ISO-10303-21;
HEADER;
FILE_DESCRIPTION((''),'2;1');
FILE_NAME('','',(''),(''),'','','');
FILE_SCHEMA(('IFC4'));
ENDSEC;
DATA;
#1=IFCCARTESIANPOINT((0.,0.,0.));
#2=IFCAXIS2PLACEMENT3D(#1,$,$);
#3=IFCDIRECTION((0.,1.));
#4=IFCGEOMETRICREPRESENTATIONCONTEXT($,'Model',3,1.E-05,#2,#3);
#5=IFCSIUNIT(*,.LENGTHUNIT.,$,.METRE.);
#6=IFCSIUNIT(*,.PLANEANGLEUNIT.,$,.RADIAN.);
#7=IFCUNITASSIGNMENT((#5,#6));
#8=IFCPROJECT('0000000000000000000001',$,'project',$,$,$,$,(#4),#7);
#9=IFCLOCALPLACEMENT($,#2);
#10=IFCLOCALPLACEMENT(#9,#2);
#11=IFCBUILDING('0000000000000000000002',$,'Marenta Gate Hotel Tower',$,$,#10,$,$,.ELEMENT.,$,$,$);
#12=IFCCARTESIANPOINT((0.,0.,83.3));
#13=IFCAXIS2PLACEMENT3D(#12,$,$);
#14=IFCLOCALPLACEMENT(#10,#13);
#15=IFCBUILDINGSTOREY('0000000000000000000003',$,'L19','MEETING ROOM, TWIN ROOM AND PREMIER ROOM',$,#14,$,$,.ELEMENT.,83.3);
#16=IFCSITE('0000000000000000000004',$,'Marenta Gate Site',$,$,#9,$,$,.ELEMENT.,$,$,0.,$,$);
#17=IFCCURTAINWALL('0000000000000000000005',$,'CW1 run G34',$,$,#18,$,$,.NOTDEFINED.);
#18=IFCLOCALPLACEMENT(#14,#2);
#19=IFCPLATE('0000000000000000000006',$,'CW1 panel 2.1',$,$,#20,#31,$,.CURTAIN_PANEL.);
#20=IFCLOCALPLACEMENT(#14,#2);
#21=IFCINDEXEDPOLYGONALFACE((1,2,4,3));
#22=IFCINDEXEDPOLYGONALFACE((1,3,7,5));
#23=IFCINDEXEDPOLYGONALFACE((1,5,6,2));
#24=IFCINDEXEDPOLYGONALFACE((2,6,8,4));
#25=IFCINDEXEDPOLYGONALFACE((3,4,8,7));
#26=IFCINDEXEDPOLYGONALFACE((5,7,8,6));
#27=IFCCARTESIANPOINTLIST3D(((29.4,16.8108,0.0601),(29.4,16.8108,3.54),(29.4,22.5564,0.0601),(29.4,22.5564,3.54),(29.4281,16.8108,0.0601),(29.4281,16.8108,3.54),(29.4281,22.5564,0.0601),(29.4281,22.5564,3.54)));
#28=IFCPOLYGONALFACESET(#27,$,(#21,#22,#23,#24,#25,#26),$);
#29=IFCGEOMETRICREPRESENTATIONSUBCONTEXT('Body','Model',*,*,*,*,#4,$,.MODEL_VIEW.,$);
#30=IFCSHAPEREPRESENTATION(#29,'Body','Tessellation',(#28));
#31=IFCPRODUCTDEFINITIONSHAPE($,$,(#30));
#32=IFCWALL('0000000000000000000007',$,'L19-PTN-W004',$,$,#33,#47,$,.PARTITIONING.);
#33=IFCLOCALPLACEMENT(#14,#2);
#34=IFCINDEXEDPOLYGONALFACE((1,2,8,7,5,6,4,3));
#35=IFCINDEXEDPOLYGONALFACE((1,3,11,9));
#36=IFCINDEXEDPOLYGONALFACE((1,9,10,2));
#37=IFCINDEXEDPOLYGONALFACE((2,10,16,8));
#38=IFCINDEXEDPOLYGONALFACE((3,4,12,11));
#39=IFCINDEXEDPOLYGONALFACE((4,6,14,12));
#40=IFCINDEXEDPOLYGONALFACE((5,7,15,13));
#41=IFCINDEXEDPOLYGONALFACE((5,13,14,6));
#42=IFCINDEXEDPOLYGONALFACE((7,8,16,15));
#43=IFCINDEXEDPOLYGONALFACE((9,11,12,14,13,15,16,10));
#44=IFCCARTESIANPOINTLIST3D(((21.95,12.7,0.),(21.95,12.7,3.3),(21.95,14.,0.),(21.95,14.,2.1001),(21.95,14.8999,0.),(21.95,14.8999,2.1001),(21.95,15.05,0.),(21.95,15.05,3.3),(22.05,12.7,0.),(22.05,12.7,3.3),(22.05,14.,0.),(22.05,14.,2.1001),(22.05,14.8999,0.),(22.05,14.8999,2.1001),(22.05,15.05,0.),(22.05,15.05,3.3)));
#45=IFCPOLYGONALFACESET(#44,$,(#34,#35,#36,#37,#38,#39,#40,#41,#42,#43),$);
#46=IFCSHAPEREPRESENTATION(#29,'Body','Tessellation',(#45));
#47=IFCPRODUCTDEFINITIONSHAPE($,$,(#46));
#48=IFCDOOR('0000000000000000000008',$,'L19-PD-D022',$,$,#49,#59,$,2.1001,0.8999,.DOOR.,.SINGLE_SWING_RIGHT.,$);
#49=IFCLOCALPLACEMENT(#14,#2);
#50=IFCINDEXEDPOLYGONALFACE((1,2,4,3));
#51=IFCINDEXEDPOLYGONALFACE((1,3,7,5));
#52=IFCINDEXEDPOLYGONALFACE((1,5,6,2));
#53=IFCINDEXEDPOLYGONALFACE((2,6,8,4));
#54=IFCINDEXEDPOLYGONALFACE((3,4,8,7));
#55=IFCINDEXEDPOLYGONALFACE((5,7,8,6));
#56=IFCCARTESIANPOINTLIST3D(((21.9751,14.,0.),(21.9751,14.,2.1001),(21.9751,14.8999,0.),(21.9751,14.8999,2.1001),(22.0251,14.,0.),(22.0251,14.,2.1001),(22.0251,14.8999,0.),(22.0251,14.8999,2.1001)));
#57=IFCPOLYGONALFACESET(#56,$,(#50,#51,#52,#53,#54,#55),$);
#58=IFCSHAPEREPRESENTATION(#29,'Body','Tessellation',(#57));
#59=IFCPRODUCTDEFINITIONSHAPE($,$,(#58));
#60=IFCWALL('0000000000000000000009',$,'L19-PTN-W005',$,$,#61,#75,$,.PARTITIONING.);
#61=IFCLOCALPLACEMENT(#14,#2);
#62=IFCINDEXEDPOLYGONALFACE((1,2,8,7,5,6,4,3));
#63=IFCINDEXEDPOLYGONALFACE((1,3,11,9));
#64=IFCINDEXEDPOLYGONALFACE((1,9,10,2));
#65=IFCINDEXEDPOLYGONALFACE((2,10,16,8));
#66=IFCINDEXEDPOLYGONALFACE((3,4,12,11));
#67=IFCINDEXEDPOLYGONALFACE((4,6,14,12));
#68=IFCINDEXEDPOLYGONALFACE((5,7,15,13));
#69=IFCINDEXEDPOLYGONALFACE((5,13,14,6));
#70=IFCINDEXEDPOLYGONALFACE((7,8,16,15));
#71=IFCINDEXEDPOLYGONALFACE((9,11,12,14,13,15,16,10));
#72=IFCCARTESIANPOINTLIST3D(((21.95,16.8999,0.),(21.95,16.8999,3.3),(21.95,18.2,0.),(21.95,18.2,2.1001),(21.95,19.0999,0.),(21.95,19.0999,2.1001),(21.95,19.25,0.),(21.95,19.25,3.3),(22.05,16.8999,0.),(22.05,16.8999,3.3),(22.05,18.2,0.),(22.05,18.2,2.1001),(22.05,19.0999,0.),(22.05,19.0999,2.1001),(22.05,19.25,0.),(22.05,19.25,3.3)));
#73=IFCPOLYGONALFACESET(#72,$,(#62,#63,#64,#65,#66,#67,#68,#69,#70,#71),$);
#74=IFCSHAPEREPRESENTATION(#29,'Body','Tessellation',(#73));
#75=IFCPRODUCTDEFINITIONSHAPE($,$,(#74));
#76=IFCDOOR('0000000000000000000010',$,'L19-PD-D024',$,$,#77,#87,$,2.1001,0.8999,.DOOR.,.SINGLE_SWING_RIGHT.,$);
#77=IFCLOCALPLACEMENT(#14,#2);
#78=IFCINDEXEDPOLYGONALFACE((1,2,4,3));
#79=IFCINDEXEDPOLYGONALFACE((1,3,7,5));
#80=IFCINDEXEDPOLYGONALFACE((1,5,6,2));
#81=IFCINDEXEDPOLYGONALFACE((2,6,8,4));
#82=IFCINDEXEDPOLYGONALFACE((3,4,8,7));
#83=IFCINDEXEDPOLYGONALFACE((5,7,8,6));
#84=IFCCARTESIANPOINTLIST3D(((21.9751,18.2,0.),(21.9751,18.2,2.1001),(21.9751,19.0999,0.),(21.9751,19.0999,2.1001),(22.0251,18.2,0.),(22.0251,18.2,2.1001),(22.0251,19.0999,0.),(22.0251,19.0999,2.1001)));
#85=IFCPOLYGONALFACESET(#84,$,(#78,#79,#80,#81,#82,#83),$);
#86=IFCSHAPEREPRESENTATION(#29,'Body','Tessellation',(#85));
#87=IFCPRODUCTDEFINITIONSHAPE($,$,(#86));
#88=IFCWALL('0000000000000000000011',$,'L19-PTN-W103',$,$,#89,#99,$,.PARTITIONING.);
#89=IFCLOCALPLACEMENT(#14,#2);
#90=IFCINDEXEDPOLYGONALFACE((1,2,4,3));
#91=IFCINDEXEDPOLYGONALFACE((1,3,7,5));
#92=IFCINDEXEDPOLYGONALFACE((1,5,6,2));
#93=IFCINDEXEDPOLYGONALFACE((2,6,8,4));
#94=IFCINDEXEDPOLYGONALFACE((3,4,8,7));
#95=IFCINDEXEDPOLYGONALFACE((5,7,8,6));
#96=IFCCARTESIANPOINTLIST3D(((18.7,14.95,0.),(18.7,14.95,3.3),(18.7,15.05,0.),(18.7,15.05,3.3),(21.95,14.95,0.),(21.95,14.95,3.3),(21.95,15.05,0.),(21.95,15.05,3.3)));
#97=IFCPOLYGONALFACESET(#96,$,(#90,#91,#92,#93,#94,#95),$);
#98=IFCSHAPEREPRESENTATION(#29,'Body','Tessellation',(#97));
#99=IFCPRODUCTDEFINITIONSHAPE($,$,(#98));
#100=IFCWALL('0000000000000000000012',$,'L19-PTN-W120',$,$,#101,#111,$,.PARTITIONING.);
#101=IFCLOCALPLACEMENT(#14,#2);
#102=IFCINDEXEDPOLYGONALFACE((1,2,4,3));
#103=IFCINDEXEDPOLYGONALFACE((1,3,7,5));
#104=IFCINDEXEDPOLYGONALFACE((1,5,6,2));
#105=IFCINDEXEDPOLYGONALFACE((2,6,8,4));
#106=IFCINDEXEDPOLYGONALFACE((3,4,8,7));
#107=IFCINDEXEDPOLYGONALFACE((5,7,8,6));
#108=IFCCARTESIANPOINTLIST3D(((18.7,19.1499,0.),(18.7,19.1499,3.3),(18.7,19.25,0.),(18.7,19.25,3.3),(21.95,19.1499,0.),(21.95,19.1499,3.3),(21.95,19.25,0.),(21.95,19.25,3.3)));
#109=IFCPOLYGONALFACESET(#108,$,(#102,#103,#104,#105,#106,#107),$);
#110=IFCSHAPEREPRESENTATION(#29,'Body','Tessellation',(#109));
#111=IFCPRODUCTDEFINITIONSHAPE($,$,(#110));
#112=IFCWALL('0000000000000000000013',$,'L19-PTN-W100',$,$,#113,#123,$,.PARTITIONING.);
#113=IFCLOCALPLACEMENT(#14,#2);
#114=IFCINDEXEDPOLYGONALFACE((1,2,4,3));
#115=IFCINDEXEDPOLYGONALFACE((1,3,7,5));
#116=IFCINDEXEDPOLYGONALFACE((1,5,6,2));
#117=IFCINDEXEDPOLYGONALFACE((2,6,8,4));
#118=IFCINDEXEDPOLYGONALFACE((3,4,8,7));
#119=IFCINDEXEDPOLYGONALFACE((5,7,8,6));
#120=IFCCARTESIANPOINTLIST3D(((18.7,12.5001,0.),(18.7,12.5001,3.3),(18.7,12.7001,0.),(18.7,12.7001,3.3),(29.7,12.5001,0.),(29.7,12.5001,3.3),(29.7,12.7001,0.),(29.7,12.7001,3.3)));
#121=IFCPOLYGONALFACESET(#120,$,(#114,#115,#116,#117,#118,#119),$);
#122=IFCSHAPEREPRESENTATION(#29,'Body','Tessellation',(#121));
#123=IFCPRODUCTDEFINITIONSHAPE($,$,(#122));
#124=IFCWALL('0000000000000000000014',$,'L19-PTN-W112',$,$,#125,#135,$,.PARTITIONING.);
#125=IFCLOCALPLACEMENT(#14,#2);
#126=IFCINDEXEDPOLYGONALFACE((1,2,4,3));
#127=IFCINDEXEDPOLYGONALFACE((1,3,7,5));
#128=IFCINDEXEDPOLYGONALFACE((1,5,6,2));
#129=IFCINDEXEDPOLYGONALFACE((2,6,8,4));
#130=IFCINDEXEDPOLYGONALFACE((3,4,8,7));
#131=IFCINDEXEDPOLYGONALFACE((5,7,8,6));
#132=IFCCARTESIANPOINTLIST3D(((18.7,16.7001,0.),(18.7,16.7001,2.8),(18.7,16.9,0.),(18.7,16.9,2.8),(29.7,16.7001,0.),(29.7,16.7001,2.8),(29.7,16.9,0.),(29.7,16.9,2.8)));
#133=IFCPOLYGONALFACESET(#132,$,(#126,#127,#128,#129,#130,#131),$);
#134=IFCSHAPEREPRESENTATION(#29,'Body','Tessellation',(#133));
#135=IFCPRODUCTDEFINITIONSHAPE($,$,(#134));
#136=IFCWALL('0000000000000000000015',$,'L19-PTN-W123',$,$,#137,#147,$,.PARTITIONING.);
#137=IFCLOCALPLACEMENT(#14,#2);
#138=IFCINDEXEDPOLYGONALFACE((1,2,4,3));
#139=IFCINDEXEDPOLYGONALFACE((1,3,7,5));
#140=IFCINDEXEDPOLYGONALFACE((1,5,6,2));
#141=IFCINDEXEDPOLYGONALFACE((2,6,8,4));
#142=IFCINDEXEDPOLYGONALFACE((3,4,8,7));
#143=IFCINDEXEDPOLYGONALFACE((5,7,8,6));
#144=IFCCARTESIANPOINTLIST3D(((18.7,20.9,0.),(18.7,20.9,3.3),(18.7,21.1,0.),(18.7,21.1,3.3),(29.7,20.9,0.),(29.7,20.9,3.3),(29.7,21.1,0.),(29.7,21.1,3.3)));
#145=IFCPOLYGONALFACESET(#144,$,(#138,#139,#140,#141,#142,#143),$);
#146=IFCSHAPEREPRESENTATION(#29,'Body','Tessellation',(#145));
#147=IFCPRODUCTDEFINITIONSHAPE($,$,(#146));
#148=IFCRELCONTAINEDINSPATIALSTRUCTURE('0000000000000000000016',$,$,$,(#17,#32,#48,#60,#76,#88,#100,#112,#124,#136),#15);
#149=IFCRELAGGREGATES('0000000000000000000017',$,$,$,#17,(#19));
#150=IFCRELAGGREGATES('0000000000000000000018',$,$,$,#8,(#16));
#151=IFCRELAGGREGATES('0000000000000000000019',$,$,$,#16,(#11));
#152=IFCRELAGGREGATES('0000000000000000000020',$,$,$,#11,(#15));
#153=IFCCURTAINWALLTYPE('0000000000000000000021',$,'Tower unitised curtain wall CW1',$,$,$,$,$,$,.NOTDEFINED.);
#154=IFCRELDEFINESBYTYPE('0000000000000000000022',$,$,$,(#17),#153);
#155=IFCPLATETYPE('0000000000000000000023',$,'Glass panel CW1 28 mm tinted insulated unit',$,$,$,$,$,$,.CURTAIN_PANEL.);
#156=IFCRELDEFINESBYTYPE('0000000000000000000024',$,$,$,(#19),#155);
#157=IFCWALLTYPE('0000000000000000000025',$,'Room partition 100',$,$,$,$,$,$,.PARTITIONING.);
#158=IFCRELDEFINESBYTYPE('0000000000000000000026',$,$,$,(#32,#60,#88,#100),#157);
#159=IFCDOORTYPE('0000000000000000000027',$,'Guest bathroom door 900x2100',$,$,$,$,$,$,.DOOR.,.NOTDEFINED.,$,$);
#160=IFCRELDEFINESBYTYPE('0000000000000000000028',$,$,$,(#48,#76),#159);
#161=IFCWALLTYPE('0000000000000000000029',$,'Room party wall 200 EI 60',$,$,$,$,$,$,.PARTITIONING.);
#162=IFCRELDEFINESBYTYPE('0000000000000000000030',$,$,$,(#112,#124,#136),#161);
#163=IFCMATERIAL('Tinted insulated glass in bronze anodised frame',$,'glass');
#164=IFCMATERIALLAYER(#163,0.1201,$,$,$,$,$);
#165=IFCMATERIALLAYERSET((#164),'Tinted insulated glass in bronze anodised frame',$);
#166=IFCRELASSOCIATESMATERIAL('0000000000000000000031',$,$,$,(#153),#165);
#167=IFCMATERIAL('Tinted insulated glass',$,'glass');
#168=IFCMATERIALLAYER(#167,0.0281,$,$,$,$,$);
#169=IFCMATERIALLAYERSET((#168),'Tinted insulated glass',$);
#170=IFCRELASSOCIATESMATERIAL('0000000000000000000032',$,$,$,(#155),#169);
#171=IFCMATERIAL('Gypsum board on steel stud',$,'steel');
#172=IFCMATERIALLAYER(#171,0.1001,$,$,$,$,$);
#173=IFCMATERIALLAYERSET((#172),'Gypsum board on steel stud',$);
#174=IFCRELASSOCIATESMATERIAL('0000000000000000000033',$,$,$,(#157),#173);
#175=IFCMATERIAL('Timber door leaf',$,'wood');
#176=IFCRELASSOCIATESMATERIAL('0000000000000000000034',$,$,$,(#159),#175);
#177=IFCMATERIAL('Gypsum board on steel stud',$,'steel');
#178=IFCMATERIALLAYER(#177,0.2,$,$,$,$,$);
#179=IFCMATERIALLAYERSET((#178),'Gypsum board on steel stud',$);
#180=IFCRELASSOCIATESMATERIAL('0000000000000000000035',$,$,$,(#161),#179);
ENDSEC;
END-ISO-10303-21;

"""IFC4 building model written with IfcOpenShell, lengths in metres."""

from ifc_helpers import new_model, si_unit, direction, frame, frame_2d, origin, origin_2d, place, context, subcontext, project, spatial, rectangle, extrude, material, layer, layer_set, type_object, element, fill, aggregate, save


model = new_model("IFC4")

# Units and contexts
model_context = context("Model", 3, precision=1e-05, world=origin(), true_north=direction((0.0, 1.0)))
body_context = subcontext(model_context, "Body", "Model", "MODEL_VIEW")
ifc_project = project(units=[si_unit("LENGTHUNIT", "METRE"), si_unit("PLANEANGLEUNIT", "RADIAN")], contexts=[model_context])

# Site, building, storey
site_placement = place(None, origin())
site = spatial("IfcSite", under=ifc_project, at=site_placement, Name="Marenta Gate Site", CompositionType="ELEMENT", RefElevation=0.0)
building_placement = place(site_placement, origin())
building = spatial("IfcBuilding", under=site, at=building_placement, Name="Marenta Gate Hotel Tower", CompositionType="ELEMENT")
storey_placement = place(building_placement, frame((0.0, 0.0, 83.3)))
storey = spatial("IfcBuildingStorey", under=building, at=storey_placement, Name="L19", Description="MEETING ROOM, TWIN ROOM AND PREMIER ROOM", CompositionType="ELEMENT", Elevation=83.3)

# Curtain wall, plate
ifc_material_1 = material(Name="Tinted insulated glass in bronze anodised frame", Category="glass")
ifc_layer_1 = layer(ifc_material_1, 0.1201)
ifc_layer_set_1 = layer_set([ifc_layer_1], Name="Tinted insulated glass in bronze anodised frame")
curtain_wall_type = type_object("IfcCurtainWallType", Name="Tower unitised curtain wall CW1", PredefinedType="NOTDEFINED", material=ifc_layer_set_1)
curtain_wall_placement = place(storey_placement, origin())
curtain_wall = element("IfcCurtainWall", 1, at=curtain_wall_placement, inside=storey, type_object=curtain_wall_type, Name="CW1 run G34", PredefinedType="NOTDEFINED")
ifc_material_2 = material(Name="Tinted insulated glass", Category="glass")
ifc_layer_2 = layer(ifc_material_2, 0.0281)
ifc_layer_set_2 = layer_set([ifc_layer_2], Name="Tinted insulated glass")
plate_type = type_object("IfcPlateType", Name="Glass panel CW1 28 mm tinted insulated unit", PredefinedType="CURTAIN_PANEL", material=ifc_layer_set_2)
plate_1_placement = place(storey_placement, frame((29.4141, 19.6836, 0.0601), z_axis=(0.0, 0.0, 1.0), x_axis=(0.0, 1.0, 0.0)))
plate_1 = element("IfcPlate", 2, at=plate_1_placement, type_object=plate_type, Name="CW1 panel 2.1", PredefinedType="CURTAIN_PANEL", context=body_context, shape_type="SweptSolid", body=[
    extrude(rectangle(XDim=5.7456, YDim=0.0281, at=origin_2d()), origin(), (0.0, 0.0, 1.0), 3.48),
])
aggregate(curtain_wall, [plate_1])

# Walls, openings, doors
ifc_material_3 = material(Name="Gypsum board on steel stud", Category="steel")
ifc_layer_3 = layer(ifc_material_3, 0.1001)
ifc_layer_set_3 = layer_set([ifc_layer_3], Name="Gypsum board on steel stud")
wall_type_1 = type_object("IfcWallType", Name="Room partition 100", PredefinedType="PARTITIONING", material=ifc_layer_set_3)
wall_1_placement = place(storey_placement, frame((22.0, 12.7, 0.0), z_axis=(0.0, 0.0, 1.0), x_axis=(0.0, 1.0, 0.0)))
wall_1 = element("IfcWall", 3, at=wall_1_placement, inside=storey, type_object=wall_type_1, Name="L19-PTN-W004", PredefinedType="PARTITIONING", context=body_context, shape_type="SweptSolid", body=[
    extrude(rectangle(XDim=2.3501, YDim=0.1001, at=frame_2d((1.175, 0.0))), origin(), (0.0, 0.0, 1.0), 3.3),
])
opening_1_placement = place(wall_1_placement, frame((1.3, 0.0, 0.0)))
opening_1 = element("IfcOpeningElement", 4, at=opening_1_placement, cuts=wall_1, PredefinedType="OPENING", context=body_context, shape_type="SweptSolid", body=[
    extrude(rectangle(XDim=0.8999, YDim=2.1001, at=frame_2d((0.45, 1.05))), frame((0.0, 0.05, 0.0), z_axis=(0.0, -1.0, 0.0), x_axis=(1.0, 0.0, 0.0)), (0.0, 0.0, 1.0), 0.1001),
])
ifc_material_4 = material(Name="Timber door leaf", Category="wood")
door_type = type_object("IfcDoorType", Name="Guest bathroom door 900x2100", OperationType="NOTDEFINED", PredefinedType="DOOR", material=ifc_material_4)
door_1_placement = place(opening_1_placement, origin())
door_1 = element("IfcDoor", 5, at=door_1_placement, inside=storey, type_object=door_type, Name="L19-PD-D022", OperationType="SINGLE_SWING_RIGHT", OverallHeight=2.1001, OverallWidth=0.8999, PredefinedType="DOOR", context=body_context, shape_type="SweptSolid", body=[
    extrude(rectangle(XDim=0.8999, YDim=2.1001, at=frame_2d((0.45, 1.05))), frame((0.0, 0.0249, 0.0), z_axis=(0.0, -1.0, 0.0), x_axis=(1.0, 0.0, 0.0)), (0.0, 0.0, 1.0), 0.05),
])
fill(opening_1, door_1)
wall_2_placement = place(storey_placement, frame((22.0, 16.8999, 0.0), z_axis=(0.0, 0.0, 1.0), x_axis=(0.0, 1.0, 0.0)))
wall_2 = element("IfcWall", 6, at=wall_2_placement, inside=storey, type_object=wall_type_1, Name="L19-PTN-W005", PredefinedType="PARTITIONING", context=body_context, shape_type="SweptSolid", body=[
    extrude(rectangle(XDim=2.3501, YDim=0.1001, at=frame_2d((1.175, 0.0))), origin(), (0.0, 0.0, 1.0), 3.3),
])
opening_2_placement = place(wall_2_placement, frame((1.3, 0.0, 0.0)))
opening_2 = element("IfcOpeningElement", 7, at=opening_2_placement, cuts=wall_2, PredefinedType="OPENING", context=body_context, shape_type="SweptSolid", body=[
    extrude(rectangle(XDim=0.8999, YDim=2.1001, at=frame_2d((0.45, 1.05))), frame((0.0, 0.05, 0.0), z_axis=(0.0, -1.0, 0.0), x_axis=(1.0, 0.0, 0.0)), (0.0, 0.0, 1.0), 0.1001),
])
door_2_placement = place(opening_2_placement, origin())
door_2 = element("IfcDoor", 8, at=door_2_placement, inside=storey, type_object=door_type, Name="L19-PD-D024", OperationType="SINGLE_SWING_RIGHT", OverallHeight=2.1001, OverallWidth=0.8999, PredefinedType="DOOR", context=body_context, shape_type="SweptSolid", body=[
    extrude(rectangle(XDim=0.8999, YDim=2.1001, at=frame_2d((0.45, 1.05))), frame((0.0, 0.0249, 0.0), z_axis=(0.0, -1.0, 0.0), x_axis=(1.0, 0.0, 0.0)), (0.0, 0.0, 1.0), 0.05),
])
fill(opening_2, door_2)

# Walls
for number, where, z_axis, x_axis, name in (
    (9, (18.7, 15.0, 0.0), (0.0, 0.0, 1.0), (1.0, 0.0, 0.0), "L19-PTN-W103"),
    (10, (18.7, 19.2, 0.0), (0.0, 0.0, 1.0), (1.0, 0.0, 0.0), "L19-PTN-W120"),
):
    element("IfcWall", number, at=place(storey_placement, frame(where, z_axis=z_axis, x_axis=x_axis)), inside=storey, type_object=wall_type_1, Name=name, PredefinedType="PARTITIONING", context=body_context, shape_type="SweptSolid", body=[
        extrude(rectangle(XDim=3.25, YDim=0.1001, at=frame_2d((1.625, 0.0))), origin(), (0.0, 0.0, 1.0), 3.3),
    ])
ifc_material_5 = material(Name="Gypsum board on steel stud", Category="steel")
ifc_layer_4 = layer(ifc_material_5, 0.2)
ifc_layer_set_4 = layer_set([ifc_layer_4], Name="Gypsum board on steel stud")
wall_type_2 = type_object("IfcWallType", Name="Room party wall 200 EI 60", PredefinedType="PARTITIONING", material=ifc_layer_set_4)
wall_3_placement = place(storey_placement, frame((18.7, 12.6001, 0.0), z_axis=(0.0, 0.0, 1.0), x_axis=(1.0, 0.0, 0.0)))
element("IfcWall", 11, at=wall_3_placement, inside=storey, type_object=wall_type_2, Name="L19-PTN-W100", PredefinedType="PARTITIONING", context=body_context, shape_type="SweptSolid", body=[
    extrude(rectangle(XDim=11.0, YDim=0.2, at=frame_2d((5.5, 0.0))), origin(), (0.0, 0.0, 1.0), 3.3),
])
wall_4_placement = place(storey_placement, frame((18.7, 16.8, 0.0), z_axis=(0.0, 0.0, 1.0), x_axis=(1.0, 0.0, 0.0)))
element("IfcWall", 12, at=wall_4_placement, inside=storey, type_object=wall_type_2, Name="L19-PTN-W112", PredefinedType="PARTITIONING", context=body_context, shape_type="SweptSolid", body=[
    extrude(rectangle(XDim=11.0, YDim=0.2, at=frame_2d((5.5, 0.0))), origin(), (0.0, 0.0, 1.0), 2.8),
])
wall_5_placement = place(storey_placement, frame((18.7, 21.0, 0.0), z_axis=(0.0, 0.0, 1.0), x_axis=(1.0, 0.0, 0.0)))
element("IfcWall", 13, at=wall_5_placement, inside=storey, type_object=wall_type_2, Name="L19-PTN-W123", PredefinedType="PARTITIONING", context=body_context, shape_type="SweptSolid", body=[
    extrude(rectangle(XDim=11.0, YDim=0.2, at=frame_2d((5.5, 0.0))), origin(), (0.0, 0.0, 1.0), 3.3),
])

save(model, "model.ifc")
